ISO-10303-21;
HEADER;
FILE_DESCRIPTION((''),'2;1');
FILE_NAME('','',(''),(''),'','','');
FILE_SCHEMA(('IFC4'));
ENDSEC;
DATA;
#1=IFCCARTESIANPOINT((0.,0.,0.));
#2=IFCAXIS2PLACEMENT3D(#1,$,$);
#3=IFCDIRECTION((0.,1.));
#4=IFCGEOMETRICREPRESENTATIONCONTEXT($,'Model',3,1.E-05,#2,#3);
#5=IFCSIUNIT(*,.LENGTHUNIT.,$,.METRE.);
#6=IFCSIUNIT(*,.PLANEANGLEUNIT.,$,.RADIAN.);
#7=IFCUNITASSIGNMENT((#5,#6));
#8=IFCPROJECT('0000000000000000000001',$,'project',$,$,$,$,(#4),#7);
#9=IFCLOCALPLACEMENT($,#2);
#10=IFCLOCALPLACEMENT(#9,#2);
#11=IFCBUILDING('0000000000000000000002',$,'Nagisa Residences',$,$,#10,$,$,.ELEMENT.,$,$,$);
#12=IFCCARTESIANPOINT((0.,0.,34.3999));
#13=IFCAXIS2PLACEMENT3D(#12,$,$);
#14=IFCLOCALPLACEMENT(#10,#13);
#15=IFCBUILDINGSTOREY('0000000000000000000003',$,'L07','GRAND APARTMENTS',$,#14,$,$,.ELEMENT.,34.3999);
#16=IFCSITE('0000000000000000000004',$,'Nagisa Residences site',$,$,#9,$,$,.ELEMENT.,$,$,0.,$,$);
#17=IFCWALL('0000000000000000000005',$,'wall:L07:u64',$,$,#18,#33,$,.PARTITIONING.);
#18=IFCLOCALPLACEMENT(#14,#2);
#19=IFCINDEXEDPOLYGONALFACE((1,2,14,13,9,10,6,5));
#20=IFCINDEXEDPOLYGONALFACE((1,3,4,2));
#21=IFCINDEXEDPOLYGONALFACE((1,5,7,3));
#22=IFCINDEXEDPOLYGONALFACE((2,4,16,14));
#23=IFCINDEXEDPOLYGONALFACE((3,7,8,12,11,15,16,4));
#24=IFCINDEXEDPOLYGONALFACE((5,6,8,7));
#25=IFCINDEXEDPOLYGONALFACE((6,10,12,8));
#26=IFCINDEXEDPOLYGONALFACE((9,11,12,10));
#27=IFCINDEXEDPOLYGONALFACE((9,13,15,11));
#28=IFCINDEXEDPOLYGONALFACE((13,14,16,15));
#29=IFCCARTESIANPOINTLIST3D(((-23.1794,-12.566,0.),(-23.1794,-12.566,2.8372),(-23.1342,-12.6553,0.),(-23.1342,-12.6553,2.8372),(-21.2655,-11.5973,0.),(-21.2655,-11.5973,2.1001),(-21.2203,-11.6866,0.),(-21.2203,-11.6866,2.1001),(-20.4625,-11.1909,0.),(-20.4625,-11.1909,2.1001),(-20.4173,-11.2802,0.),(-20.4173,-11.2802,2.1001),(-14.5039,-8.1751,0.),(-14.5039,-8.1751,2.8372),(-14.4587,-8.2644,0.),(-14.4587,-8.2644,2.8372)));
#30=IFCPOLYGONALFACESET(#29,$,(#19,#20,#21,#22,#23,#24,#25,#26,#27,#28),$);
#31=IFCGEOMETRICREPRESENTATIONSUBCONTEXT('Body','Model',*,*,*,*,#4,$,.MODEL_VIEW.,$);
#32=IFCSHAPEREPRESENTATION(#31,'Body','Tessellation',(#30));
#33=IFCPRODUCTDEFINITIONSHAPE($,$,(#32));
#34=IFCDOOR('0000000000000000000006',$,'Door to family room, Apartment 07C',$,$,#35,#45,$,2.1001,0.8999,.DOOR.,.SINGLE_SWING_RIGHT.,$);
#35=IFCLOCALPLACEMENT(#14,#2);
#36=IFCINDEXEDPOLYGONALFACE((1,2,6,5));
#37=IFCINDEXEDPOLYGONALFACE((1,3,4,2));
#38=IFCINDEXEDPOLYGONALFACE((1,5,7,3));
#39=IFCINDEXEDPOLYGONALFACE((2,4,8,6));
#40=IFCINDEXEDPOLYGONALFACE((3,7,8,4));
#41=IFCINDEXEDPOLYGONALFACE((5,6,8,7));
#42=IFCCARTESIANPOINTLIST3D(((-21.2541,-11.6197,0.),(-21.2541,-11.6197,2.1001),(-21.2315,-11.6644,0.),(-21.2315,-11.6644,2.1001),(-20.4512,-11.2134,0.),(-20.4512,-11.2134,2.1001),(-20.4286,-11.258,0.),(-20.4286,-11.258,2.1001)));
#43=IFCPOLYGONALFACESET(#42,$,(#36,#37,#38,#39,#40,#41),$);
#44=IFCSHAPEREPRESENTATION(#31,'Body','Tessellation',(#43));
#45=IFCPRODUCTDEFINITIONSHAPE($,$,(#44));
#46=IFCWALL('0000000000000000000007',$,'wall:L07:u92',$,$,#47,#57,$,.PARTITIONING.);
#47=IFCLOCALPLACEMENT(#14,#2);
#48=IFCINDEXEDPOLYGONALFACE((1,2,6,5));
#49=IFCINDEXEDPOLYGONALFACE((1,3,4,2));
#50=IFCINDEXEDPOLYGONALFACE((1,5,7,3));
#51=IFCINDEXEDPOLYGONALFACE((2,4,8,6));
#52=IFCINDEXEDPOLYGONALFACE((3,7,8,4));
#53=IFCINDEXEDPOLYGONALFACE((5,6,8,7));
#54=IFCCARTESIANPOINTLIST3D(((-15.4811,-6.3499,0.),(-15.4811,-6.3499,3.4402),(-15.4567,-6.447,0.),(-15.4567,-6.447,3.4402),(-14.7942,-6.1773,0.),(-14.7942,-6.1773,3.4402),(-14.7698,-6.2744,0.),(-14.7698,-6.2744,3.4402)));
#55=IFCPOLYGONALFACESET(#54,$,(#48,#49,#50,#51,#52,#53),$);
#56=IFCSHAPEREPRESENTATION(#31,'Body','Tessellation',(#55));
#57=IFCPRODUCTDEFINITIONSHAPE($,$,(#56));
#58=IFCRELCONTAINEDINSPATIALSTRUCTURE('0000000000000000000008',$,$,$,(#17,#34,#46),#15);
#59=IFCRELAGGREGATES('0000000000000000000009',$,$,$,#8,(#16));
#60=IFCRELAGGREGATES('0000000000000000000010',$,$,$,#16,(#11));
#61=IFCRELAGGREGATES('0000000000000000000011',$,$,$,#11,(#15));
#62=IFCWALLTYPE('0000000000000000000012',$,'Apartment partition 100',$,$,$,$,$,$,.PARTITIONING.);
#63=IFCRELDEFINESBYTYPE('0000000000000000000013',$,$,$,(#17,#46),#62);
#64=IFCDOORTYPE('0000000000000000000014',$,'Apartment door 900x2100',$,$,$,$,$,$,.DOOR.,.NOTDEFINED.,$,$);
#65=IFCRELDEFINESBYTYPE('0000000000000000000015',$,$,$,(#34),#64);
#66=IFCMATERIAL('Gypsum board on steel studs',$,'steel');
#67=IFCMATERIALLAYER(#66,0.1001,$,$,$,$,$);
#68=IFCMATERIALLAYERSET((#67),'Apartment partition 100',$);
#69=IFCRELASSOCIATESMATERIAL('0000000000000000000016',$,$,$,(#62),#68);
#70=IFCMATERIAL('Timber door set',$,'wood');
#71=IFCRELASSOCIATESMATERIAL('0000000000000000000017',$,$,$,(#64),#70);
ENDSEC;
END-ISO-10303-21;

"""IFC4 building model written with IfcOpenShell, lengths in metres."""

from ifc_helpers import new_model, si_unit, direction, frame, frame_2d, origin, place, context, subcontext, project, spatial, rectangle, extrude, material, layer, layer_set, type_object, element, fill, save


model = new_model("IFC4")

# Units and contexts
model_context = context("Model", 3, precision=1e-05, world=origin(), true_north=direction((0.0, 1.0)))
body_context = subcontext(model_context, "Body", "Model", "MODEL_VIEW")
ifc_project = project(units=[si_unit("LENGTHUNIT", "METRE"), si_unit("PLANEANGLEUNIT", "RADIAN")], contexts=[model_context])

# Site, building, storey
site_placement = place(None, origin())
site = spatial("IfcSite", under=ifc_project, at=site_placement, Name="Nagisa Residences site", CompositionType="ELEMENT", RefElevation=0.0)
building_placement = place(site_placement, origin())
building = spatial("IfcBuilding", under=site, at=building_placement, Name="Nagisa Residences", CompositionType="ELEMENT")
storey_placement = place(building_placement, frame((0.0, 0.0, 34.3999)))
storey = spatial("IfcBuildingStorey", under=building, at=storey_placement, Name="L07", Description="GRAND APARTMENTS", CompositionType="ELEMENT", Elevation=34.3999)

# Shared definitions
ifc_material_1 = material(Name="Gypsum board on steel studs", Category="steel")
ifc_layer_1 = layer(ifc_material_1, 0.1001)
ifc_layer_set_1 = layer_set([ifc_layer_1], Name="Apartment partition 100")
wall_type_1 = type_object("IfcWallType", Name="Apartment partition 100", PredefinedType="PARTITIONING", material=ifc_layer_set_1)
ifc_material_2 = material(Name="Timber door set", Category="wood")
door_type_1 = type_object("IfcDoorType", Name="Apartment door 900x2100", OperationType="NOTDEFINED", PredefinedType="DOOR", material=ifc_material_2)

# Wall, opening, door
wall_1_placement = place(storey_placement, frame((-14.4812, -8.2197, 0.0), z_axis=(0.0, 0.0, 1.0), x_axis=(-0.892232, -0.451577, 0.0)))
wall_1 = element("IfcWall", 1, at=wall_1_placement, inside=storey, type_object=wall_type_1, Name="wall:L07:u64", PredefinedType="PARTITIONING", context=body_context, shape_type="SweptSolid", body=[
    extrude(rectangle(XDim=9.7234, YDim=0.1001, at=frame_2d((4.8618, 0.0))), origin(), (0.0, 0.0, 1.0), 2.8372),
])
opening_1_placement = place(wall_1_placement, frame((6.6785, 0.0, 0.0)))
opening_1 = element("IfcOpeningElement", 2, at=opening_1_placement, cuts=wall_1, PredefinedType="OPENING", context=body_context, shape_type="SweptSolid", body=[
    extrude(rectangle(XDim=0.8999, YDim=2.1001, at=frame_2d((0.45, 1.05))), frame((0.0, 0.0601, 0.0), z_axis=(0.0, -1.0, 0.0), x_axis=(1.0, 0.0, 0.0)), (0.0, 0.0, 1.0), 0.1201),
])
door_1_placement = place(opening_1_placement, frame((0.8999, 0.0, 0.0), x_axis=(-1.0, 0.0, 0.0)))
door_1 = element("IfcDoor", 3, at=door_1_placement, inside=storey, type_object=door_type_1, Name="Door to family room, Apartment 07C", OperationType="SINGLE_SWING_RIGHT", OverallHeight=2.1001, OverallWidth=0.8999, PredefinedType="DOOR", context=body_context, shape_type="SweptSolid", body=[
    extrude(rectangle(XDim=0.8999, YDim=2.1001, at=frame_2d((0.45, 1.05))), frame((0.0, 0.0249, 0.0), z_axis=(0.0, -1.0, 0.0), x_axis=(1.0, 0.0, 0.0)), (0.0, 0.0, 1.0), 0.05),
])
fill(opening_1, door_1)

# Wall
wall_2_placement = place(storey_placement, frame((-15.4688, -6.3984, 0.0), z_axis=(0.0, 0.0, 1.0), x_axis=(0.969858, 0.243671, 0.0)))
element("IfcWall", 4, at=wall_2_placement, inside=storey, type_object=wall_type_1, Name="wall:L07:u92", PredefinedType="PARTITIONING", context=body_context, shape_type="SweptSolid", body=[
    extrude(rectangle(XDim=0.7083, YDim=0.1001, at=frame_2d((0.354, 0.0))), origin(), (0.0, 0.0, 1.0), 3.4402),
])

save(model, "model.ifc")
